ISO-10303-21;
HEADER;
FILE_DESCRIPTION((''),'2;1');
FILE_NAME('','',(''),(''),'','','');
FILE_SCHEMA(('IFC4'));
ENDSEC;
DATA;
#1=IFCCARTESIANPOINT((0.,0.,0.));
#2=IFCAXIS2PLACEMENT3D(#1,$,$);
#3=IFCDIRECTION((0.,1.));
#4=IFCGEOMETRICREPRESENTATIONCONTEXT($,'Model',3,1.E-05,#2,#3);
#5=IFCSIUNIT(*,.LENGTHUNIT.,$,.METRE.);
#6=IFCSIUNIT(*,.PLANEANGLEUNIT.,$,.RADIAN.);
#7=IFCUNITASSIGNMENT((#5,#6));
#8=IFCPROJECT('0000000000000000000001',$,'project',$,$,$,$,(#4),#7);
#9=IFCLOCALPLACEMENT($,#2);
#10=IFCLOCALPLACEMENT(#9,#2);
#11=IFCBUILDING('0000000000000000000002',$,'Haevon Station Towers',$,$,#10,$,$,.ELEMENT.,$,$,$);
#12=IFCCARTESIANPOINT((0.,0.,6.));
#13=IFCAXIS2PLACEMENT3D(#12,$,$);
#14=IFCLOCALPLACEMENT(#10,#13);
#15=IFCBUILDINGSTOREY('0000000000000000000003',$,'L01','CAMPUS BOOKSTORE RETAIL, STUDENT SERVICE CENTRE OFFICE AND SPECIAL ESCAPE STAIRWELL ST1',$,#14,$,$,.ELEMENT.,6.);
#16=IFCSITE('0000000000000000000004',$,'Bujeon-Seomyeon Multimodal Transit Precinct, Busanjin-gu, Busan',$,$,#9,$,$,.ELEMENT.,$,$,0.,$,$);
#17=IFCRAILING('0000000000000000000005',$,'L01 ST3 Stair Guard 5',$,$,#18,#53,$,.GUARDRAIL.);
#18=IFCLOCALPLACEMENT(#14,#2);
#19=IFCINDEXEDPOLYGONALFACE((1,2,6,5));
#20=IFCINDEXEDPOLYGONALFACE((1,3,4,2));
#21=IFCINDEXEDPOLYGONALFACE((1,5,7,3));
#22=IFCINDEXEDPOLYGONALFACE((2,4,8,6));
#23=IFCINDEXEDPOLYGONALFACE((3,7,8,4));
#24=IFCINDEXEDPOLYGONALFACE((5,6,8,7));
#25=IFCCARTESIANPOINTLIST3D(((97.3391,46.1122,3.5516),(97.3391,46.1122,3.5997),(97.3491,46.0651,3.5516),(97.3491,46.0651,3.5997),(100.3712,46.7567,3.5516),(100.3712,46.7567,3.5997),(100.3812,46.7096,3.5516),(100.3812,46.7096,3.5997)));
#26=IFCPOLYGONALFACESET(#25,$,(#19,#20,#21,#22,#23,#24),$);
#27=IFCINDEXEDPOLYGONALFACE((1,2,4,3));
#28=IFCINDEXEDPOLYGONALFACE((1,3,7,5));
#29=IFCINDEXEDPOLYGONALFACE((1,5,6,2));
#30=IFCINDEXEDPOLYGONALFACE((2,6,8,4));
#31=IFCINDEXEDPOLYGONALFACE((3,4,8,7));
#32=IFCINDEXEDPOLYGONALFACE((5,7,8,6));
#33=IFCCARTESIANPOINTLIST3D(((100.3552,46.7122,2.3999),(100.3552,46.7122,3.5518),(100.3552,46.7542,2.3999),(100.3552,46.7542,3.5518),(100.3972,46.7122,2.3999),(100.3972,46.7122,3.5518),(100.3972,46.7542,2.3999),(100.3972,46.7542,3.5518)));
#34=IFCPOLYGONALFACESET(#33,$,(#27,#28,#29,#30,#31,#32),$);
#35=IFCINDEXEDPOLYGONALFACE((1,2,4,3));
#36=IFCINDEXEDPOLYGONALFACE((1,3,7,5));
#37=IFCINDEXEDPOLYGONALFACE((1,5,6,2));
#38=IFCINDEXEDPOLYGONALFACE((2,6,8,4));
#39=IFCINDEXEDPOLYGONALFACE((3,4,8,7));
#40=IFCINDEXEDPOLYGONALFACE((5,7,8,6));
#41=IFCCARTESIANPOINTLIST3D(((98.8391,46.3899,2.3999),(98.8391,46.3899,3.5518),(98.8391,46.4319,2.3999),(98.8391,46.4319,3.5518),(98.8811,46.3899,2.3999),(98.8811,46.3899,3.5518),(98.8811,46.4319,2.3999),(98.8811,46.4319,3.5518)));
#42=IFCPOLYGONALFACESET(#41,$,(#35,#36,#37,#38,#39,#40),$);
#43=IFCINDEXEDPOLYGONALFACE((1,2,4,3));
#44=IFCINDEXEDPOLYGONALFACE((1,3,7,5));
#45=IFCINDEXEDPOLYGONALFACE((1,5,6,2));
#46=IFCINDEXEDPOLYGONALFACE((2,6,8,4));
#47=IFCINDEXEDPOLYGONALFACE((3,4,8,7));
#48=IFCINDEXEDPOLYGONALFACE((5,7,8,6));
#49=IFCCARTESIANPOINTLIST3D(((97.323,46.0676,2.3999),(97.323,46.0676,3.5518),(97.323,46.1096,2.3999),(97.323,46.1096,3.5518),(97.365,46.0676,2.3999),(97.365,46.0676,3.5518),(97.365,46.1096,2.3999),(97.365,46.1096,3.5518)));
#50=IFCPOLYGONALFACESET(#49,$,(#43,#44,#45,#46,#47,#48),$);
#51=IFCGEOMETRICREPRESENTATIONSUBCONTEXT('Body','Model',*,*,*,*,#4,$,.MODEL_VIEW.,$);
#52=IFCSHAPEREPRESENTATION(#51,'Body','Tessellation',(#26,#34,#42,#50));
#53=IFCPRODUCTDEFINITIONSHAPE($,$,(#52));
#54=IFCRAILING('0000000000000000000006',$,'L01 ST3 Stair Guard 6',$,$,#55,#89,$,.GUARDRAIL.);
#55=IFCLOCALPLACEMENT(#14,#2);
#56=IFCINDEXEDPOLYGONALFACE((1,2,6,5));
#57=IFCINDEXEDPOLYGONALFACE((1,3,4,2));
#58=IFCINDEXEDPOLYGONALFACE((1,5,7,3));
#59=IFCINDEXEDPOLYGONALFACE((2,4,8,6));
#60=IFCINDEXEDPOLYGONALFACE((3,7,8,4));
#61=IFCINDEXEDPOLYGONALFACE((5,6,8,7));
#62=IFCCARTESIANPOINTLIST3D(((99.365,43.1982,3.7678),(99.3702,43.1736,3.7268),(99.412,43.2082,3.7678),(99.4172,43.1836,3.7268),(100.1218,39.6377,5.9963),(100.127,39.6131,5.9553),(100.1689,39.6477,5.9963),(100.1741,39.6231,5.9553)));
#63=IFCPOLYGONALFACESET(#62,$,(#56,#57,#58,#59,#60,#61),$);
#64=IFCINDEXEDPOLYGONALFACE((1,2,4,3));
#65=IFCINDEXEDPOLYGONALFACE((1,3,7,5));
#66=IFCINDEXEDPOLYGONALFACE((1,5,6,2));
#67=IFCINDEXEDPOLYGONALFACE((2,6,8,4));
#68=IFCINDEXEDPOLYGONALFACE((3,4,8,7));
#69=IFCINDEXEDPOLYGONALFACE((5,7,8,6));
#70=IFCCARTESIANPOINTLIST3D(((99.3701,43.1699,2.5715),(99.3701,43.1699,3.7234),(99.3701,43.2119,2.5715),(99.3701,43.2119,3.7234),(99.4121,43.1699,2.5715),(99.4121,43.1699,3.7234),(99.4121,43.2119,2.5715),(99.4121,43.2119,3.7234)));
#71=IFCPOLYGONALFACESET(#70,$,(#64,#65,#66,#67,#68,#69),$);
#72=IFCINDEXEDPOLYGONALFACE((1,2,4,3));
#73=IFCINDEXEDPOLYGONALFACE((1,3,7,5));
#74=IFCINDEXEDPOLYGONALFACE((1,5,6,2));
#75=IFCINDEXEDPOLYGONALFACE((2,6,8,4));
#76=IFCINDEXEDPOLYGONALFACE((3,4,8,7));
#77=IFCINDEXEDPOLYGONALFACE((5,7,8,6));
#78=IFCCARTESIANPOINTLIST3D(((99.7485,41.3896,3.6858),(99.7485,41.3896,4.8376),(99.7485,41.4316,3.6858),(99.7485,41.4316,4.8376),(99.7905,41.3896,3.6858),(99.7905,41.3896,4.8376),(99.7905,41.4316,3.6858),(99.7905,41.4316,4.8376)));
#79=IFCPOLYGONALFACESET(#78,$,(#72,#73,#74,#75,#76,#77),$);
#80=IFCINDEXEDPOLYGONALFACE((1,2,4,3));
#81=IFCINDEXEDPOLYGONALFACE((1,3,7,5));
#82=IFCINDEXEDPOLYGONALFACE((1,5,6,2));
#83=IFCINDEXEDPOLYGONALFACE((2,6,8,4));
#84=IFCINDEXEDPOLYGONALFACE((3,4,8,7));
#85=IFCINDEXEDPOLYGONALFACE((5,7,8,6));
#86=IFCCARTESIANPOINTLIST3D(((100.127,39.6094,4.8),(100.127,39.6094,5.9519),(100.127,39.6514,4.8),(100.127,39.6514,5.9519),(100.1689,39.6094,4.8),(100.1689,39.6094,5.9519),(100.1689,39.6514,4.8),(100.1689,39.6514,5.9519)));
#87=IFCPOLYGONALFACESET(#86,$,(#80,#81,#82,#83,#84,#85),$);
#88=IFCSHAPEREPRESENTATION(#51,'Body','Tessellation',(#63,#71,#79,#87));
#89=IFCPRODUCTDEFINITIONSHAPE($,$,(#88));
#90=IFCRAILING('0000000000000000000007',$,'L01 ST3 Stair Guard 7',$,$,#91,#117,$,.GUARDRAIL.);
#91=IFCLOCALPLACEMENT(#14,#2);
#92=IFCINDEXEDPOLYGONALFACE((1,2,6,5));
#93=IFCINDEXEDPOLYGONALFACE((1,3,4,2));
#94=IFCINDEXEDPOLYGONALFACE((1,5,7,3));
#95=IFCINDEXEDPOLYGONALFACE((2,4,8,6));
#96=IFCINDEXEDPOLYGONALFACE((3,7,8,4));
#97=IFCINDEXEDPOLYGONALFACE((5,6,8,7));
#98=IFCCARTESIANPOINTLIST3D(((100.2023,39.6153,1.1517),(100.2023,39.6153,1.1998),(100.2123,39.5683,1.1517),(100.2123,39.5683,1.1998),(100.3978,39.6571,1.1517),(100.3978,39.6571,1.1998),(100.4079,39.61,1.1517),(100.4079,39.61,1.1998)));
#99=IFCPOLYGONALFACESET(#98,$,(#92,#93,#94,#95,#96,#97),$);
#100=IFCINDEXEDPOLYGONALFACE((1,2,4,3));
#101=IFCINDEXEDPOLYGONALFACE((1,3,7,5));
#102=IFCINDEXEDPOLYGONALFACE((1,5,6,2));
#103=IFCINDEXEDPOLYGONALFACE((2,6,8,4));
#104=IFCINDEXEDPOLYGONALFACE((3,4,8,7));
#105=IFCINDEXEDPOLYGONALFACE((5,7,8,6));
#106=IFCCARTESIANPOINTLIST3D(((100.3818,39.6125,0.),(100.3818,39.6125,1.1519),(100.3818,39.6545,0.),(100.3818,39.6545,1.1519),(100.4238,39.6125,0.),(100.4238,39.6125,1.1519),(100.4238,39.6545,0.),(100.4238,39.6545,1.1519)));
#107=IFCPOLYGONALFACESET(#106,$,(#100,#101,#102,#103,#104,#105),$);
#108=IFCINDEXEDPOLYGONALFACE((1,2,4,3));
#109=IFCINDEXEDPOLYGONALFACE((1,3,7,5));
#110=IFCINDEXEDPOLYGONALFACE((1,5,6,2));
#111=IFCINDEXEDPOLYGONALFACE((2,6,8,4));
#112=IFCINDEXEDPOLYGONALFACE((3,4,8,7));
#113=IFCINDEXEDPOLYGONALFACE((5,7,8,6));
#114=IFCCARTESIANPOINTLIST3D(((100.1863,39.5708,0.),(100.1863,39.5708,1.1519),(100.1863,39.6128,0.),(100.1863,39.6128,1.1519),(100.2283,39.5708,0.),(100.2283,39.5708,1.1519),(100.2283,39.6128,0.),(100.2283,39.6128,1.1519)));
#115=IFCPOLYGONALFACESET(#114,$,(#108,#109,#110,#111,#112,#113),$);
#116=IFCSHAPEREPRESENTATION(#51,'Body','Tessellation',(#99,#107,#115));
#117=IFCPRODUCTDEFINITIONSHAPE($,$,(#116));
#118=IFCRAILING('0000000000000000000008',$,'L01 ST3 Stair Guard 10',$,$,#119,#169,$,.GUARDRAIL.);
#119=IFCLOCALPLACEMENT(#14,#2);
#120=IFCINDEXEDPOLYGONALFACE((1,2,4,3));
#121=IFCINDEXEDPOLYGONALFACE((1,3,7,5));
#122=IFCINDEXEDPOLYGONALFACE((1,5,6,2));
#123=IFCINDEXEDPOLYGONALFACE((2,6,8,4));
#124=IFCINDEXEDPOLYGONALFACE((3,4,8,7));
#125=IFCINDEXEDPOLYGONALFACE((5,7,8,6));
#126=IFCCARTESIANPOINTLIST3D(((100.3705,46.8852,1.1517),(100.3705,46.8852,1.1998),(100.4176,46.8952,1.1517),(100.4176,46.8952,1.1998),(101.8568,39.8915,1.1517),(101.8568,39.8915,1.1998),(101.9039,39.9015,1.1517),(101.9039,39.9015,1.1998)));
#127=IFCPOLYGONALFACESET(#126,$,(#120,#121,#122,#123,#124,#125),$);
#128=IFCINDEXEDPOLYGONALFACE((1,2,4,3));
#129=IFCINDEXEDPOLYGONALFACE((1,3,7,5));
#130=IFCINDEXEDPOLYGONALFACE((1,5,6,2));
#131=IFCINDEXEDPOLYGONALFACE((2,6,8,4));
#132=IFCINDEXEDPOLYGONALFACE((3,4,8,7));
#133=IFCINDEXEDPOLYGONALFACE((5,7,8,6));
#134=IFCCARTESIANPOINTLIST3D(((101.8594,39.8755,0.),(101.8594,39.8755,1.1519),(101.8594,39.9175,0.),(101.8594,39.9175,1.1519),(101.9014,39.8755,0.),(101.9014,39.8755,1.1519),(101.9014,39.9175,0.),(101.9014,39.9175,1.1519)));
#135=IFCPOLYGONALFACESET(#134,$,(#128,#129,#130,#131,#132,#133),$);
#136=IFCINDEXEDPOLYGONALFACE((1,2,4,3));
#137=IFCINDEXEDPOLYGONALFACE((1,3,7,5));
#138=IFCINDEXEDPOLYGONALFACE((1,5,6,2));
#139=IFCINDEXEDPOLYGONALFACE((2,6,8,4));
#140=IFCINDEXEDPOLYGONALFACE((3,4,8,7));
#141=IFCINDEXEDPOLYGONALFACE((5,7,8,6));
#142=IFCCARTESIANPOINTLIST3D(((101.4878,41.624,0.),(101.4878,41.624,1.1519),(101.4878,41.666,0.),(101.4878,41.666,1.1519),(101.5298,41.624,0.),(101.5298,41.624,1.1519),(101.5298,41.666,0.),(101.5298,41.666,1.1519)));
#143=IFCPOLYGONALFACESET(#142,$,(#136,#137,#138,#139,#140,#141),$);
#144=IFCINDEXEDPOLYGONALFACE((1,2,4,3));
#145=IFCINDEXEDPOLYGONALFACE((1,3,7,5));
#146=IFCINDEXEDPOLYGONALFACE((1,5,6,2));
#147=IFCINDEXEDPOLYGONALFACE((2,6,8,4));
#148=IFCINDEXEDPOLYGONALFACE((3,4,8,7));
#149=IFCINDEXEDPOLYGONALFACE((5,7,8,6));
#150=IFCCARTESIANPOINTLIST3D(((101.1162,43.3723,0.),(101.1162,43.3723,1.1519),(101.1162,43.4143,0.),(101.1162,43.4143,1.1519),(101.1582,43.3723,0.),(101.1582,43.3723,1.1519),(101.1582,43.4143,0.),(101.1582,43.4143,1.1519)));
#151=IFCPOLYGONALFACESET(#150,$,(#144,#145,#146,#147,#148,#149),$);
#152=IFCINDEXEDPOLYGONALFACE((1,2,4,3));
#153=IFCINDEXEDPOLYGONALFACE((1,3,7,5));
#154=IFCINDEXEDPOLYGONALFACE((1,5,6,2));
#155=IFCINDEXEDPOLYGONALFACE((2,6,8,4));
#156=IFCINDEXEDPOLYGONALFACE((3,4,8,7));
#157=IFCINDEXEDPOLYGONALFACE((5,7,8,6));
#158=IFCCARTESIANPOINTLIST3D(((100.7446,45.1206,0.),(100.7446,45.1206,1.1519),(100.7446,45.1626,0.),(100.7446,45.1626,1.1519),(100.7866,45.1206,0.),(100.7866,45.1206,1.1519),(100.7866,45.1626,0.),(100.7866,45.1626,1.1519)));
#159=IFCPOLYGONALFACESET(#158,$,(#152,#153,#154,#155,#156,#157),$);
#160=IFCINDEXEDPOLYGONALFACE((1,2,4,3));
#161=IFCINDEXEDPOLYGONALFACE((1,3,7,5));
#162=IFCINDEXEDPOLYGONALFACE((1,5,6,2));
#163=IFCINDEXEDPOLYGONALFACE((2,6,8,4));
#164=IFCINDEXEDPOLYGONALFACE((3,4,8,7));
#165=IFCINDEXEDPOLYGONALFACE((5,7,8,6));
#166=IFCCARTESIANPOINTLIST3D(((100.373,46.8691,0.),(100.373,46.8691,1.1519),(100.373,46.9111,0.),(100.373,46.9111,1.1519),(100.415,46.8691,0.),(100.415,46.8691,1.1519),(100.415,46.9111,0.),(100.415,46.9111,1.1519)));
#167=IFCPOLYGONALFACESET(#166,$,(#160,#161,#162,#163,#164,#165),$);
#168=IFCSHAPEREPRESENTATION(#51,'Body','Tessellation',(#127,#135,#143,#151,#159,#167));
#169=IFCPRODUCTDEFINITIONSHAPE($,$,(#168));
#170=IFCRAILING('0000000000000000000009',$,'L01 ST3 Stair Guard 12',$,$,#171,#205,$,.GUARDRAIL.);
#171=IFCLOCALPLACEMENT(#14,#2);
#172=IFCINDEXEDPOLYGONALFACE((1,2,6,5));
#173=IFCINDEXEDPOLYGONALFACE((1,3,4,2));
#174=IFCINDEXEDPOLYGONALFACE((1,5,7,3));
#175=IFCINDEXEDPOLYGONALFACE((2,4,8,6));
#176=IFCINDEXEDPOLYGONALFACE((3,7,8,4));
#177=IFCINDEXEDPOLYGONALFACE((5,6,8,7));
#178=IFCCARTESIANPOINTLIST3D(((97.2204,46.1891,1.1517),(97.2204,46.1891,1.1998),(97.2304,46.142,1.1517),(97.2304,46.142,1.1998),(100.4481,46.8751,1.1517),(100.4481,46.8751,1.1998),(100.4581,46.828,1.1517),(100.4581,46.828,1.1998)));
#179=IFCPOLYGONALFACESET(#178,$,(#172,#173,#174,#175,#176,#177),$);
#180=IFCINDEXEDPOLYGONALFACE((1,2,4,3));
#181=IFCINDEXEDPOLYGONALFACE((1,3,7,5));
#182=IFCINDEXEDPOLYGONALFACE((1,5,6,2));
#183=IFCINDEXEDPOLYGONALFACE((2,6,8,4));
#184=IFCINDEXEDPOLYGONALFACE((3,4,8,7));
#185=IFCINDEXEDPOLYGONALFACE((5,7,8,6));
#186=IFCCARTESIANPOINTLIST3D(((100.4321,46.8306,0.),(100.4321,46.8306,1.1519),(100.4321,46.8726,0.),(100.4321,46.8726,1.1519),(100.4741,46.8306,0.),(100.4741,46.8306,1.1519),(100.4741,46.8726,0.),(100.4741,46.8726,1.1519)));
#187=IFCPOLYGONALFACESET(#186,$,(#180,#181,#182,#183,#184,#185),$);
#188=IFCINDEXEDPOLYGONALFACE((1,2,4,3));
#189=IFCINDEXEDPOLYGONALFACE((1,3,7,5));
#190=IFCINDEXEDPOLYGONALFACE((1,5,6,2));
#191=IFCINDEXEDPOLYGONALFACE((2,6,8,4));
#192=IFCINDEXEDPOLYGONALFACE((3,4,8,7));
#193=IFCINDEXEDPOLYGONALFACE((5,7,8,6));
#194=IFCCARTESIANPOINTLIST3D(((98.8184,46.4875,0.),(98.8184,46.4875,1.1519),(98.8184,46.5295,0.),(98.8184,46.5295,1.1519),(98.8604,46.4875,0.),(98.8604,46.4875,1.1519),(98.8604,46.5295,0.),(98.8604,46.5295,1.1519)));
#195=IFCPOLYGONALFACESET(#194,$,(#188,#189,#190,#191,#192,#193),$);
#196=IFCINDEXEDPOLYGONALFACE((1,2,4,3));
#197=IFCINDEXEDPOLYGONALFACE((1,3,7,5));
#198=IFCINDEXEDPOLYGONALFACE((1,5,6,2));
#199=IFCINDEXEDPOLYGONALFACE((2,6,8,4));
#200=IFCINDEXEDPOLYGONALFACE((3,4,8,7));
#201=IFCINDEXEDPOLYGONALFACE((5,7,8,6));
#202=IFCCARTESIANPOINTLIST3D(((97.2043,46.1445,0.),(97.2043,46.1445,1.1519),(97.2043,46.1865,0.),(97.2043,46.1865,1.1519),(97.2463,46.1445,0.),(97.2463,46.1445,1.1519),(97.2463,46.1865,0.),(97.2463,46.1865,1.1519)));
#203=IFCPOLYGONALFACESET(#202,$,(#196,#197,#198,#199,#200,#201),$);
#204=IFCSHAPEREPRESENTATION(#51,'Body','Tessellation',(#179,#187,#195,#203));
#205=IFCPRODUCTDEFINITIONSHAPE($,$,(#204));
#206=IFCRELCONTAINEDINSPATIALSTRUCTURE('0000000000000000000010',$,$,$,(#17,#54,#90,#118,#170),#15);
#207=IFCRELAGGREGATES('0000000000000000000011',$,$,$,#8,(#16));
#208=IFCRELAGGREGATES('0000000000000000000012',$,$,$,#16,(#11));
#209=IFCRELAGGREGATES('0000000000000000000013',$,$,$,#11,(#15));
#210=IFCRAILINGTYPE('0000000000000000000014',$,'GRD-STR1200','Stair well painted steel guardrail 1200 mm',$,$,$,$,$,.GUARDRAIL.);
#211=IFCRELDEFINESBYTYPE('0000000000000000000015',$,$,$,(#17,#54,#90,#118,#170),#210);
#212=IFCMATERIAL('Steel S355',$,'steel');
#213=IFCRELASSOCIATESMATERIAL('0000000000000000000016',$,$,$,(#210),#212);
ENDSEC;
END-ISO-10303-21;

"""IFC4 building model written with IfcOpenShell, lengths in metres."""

from ifc_helpers import new_model, si_unit, direction, frame, origin, origin_2d, place, context, subcontext, project, spatial, rectangle, extrude, material, type_object, element, save


model = new_model("IFC4")

# Units and contexts
model_context = context("Model", 3, precision=1e-05, world=origin(), true_north=direction((0.0, 1.0)))
body_context = subcontext(model_context, "Body", "Model", "MODEL_VIEW")
ifc_project = project(units=[si_unit("LENGTHUNIT", "METRE"), si_unit("PLANEANGLEUNIT", "RADIAN")], contexts=[model_context])

# Site, building, storey
site_placement = place(None, origin())
site = spatial("IfcSite", under=ifc_project, at=site_placement, Name="Bujeon-Seomyeon Multimodal Transit Precinct, Busanjin-gu, Busan", CompositionType="ELEMENT", RefElevation=0.0)
building_placement = place(site_placement, origin())
building = spatial("IfcBuilding", under=site, at=building_placement, Name="Haevon Station Towers", CompositionType="ELEMENT")
storey_placement = place(building_placement, frame((0.0, 0.0, 6.0)))
storey = spatial("IfcBuildingStorey", under=building, at=storey_placement, Name="L01", Description="CAMPUS BOOKSTORE RETAIL, STUDENT SERVICE CENTRE OFFICE AND SPECIAL ESCAPE STAIRWELL ST1", CompositionType="ELEMENT", Elevation=6.0)

# Shared definitions
ifc_material_1 = material(Name="Steel S355", Category="steel")

# Railings
railing_type_1 = type_object("IfcRailingType", Name="GRD-STR1200", Description="Stair well painted steel guardrail 1200 mm", PredefinedType="GUARDRAIL", material=ifc_material_1)
railing_1_placement = place(storey_placement, frame((100.3762, 46.7332, 2.3999)))
element("IfcRailing", 1, at=railing_1_placement, inside=storey, type_object=railing_type_1, Name="L01 ST3 Stair Guard 5", PredefinedType="GUARDRAIL", context=body_context, shape_type="SweptSolid", body=[
    extrude(rectangle(XDim=0.0481, YDim=0.0481, at=origin_2d()), frame((0.0, 0.0, 1.1758), z_axis=(-0.978147, -0.207915, 0.0), x_axis=(0.207915, -0.978147, 0.0)), (0.0, 0.0, 1.0), 3.0999),
    extrude(rectangle(XDim=0.042, YDim=0.042, at=origin_2d()), origin(), (0.0, 0.0, 1.0), 1.1519),
    extrude(rectangle(XDim=0.042, YDim=0.042, at=origin_2d()), frame((-1.5161, -0.3223, 0.0)), (0.0, 0.0, 1.0), 1.1519),
    extrude(rectangle(XDim=0.042, YDim=0.042, at=origin_2d()), frame((-3.0322, -0.6445, 0.0)), (0.0, 0.0, 1.0), 1.1519),
])
railing_2_placement = place(storey_placement, frame((99.3911, 43.1909, 2.5715)))
element("IfcRailing", 2, at=railing_2_placement, inside=storey, type_object=railing_type_1, Name="L01 ST3 Stair Guard 6", PredefinedType="GUARDRAIL", context=body_context, shape_type="SweptSolid", body=[
    extrude(rectangle(XDim=0.0481, YDim=0.0481, at=origin_2d()), frame((0.0, 0.0, 1.1758), z_axis=(0.177324, -0.834225, 0.522134), x_axis=(0.978147, 0.207917, 0.0)), (0.0, 0.0, 1.0), 4.2681),
    extrude(rectangle(XDim=0.042, YDim=0.042, at=origin_2d()), origin(), (0.0, 0.0, 1.0), 1.1519),
    extrude(rectangle(XDim=0.042, YDim=0.042, at=origin_2d()), frame((0.3784, -1.7803, 1.1143)), (0.0, 0.0, 1.0), 1.1519),
    extrude(rectangle(XDim=0.042, YDim=0.042, at=origin_2d()), frame((0.7568, -3.5605, 2.2285)), (0.0, 0.0, 1.0), 1.1519),
])
railing_3_placement = place(storey_placement, frame((100.4028, 39.6335, 0.0)))
element("IfcRailing", 3, at=railing_3_placement, inside=storey, type_object=railing_type_1, Name="L01 ST3 Stair Guard 7", PredefinedType="GUARDRAIL", context=body_context, shape_type="SweptSolid", body=[
    extrude(rectangle(XDim=0.0481, YDim=0.0481, at=origin_2d()), frame((0.0, 0.0, 1.1758), z_axis=(-0.977963, -0.208779, 0.0), x_axis=(0.208779, -0.977963, 0.0)), (0.0, 0.0, 1.0), 0.2),
    extrude(rectangle(XDim=0.042, YDim=0.042, at=origin_2d()), origin(), (0.0, 0.0, 1.0), 1.1519),
    extrude(rectangle(XDim=0.042, YDim=0.042, at=origin_2d()), frame((-0.1956, -0.0417, 0.0)), (0.0, 0.0, 1.0), 1.1519),
])
railing_4_placement = place(storey_placement, frame((101.8804, 39.8965, 0.0)))
element("IfcRailing", 4, at=railing_4_placement, inside=storey, type_object=railing_type_1, Name="L01 ST3 Stair Guard 10", PredefinedType="GUARDRAIL", context=body_context, shape_type="SweptSolid", body=[
    extrude(rectangle(XDim=0.0481, YDim=0.0481, at=origin_2d()), frame((0.0, 0.0, 1.1758), z_axis=(-0.207882, 0.978154, 0.0), x_axis=(-0.978154, -0.207882, 0.0)), (0.0, 0.0, 1.0), 7.1499),
    extrude(rectangle(XDim=0.042, YDim=0.042, at=origin_2d()), origin(), (0.0, 0.0, 1.0), 1.1519),
    extrude(rectangle(XDim=0.042, YDim=0.042, at=origin_2d()), frame((-0.3716, 1.7485, 0.0)), (0.0, 0.0, 1.0), 1.1519),
    extrude(rectangle(XDim=0.042, YDim=0.042, at=origin_2d()), frame((-0.7432, 3.4968, 0.0)), (0.0, 0.0, 1.0), 1.1519),
    extrude(rectangle(XDim=0.042, YDim=0.042, at=origin_2d()), frame((-1.1147, 5.2451, 0.0)), (0.0, 0.0, 1.0), 1.1519),
    extrude(rectangle(XDim=0.042, YDim=0.042, at=origin_2d()), frame((-1.4863, 6.9937, 0.0)), (0.0, 0.0, 1.0), 1.1519),
])
railing_5_placement = place(storey_placement, frame((100.4531, 46.8516, 0.0)))
element("IfcRailing", 5, at=railing_5_placement, inside=storey, type_object=railing_type_1, Name="L01 ST3 Stair Guard 12", PredefinedType="GUARDRAIL", context=body_context, shape_type="SweptSolid", body=[
    extrude(rectangle(XDim=0.0481, YDim=0.0481, at=origin_2d()), frame((0.0, 0.0, 1.1758), z_axis=(-0.978151, -0.207897, 0.0), x_axis=(0.207897, -0.978151, 0.0)), (0.0, 0.0, 1.0), 3.2998),
    extrude(rectangle(XDim=0.042, YDim=0.042, at=origin_2d()), origin(), (0.0, 0.0, 1.0), 1.1519),
    extrude(rectangle(XDim=0.042, YDim=0.042, at=origin_2d()), frame((-1.6138, -0.343, 0.0)), (0.0, 0.0, 1.0), 1.1519),
    extrude(rectangle(XDim=0.042, YDim=0.042, at=origin_2d()), frame((-3.2278, -0.686, 0.0)), (0.0, 0.0, 1.0), 1.1519),
])

save(model, "model.ifc")
